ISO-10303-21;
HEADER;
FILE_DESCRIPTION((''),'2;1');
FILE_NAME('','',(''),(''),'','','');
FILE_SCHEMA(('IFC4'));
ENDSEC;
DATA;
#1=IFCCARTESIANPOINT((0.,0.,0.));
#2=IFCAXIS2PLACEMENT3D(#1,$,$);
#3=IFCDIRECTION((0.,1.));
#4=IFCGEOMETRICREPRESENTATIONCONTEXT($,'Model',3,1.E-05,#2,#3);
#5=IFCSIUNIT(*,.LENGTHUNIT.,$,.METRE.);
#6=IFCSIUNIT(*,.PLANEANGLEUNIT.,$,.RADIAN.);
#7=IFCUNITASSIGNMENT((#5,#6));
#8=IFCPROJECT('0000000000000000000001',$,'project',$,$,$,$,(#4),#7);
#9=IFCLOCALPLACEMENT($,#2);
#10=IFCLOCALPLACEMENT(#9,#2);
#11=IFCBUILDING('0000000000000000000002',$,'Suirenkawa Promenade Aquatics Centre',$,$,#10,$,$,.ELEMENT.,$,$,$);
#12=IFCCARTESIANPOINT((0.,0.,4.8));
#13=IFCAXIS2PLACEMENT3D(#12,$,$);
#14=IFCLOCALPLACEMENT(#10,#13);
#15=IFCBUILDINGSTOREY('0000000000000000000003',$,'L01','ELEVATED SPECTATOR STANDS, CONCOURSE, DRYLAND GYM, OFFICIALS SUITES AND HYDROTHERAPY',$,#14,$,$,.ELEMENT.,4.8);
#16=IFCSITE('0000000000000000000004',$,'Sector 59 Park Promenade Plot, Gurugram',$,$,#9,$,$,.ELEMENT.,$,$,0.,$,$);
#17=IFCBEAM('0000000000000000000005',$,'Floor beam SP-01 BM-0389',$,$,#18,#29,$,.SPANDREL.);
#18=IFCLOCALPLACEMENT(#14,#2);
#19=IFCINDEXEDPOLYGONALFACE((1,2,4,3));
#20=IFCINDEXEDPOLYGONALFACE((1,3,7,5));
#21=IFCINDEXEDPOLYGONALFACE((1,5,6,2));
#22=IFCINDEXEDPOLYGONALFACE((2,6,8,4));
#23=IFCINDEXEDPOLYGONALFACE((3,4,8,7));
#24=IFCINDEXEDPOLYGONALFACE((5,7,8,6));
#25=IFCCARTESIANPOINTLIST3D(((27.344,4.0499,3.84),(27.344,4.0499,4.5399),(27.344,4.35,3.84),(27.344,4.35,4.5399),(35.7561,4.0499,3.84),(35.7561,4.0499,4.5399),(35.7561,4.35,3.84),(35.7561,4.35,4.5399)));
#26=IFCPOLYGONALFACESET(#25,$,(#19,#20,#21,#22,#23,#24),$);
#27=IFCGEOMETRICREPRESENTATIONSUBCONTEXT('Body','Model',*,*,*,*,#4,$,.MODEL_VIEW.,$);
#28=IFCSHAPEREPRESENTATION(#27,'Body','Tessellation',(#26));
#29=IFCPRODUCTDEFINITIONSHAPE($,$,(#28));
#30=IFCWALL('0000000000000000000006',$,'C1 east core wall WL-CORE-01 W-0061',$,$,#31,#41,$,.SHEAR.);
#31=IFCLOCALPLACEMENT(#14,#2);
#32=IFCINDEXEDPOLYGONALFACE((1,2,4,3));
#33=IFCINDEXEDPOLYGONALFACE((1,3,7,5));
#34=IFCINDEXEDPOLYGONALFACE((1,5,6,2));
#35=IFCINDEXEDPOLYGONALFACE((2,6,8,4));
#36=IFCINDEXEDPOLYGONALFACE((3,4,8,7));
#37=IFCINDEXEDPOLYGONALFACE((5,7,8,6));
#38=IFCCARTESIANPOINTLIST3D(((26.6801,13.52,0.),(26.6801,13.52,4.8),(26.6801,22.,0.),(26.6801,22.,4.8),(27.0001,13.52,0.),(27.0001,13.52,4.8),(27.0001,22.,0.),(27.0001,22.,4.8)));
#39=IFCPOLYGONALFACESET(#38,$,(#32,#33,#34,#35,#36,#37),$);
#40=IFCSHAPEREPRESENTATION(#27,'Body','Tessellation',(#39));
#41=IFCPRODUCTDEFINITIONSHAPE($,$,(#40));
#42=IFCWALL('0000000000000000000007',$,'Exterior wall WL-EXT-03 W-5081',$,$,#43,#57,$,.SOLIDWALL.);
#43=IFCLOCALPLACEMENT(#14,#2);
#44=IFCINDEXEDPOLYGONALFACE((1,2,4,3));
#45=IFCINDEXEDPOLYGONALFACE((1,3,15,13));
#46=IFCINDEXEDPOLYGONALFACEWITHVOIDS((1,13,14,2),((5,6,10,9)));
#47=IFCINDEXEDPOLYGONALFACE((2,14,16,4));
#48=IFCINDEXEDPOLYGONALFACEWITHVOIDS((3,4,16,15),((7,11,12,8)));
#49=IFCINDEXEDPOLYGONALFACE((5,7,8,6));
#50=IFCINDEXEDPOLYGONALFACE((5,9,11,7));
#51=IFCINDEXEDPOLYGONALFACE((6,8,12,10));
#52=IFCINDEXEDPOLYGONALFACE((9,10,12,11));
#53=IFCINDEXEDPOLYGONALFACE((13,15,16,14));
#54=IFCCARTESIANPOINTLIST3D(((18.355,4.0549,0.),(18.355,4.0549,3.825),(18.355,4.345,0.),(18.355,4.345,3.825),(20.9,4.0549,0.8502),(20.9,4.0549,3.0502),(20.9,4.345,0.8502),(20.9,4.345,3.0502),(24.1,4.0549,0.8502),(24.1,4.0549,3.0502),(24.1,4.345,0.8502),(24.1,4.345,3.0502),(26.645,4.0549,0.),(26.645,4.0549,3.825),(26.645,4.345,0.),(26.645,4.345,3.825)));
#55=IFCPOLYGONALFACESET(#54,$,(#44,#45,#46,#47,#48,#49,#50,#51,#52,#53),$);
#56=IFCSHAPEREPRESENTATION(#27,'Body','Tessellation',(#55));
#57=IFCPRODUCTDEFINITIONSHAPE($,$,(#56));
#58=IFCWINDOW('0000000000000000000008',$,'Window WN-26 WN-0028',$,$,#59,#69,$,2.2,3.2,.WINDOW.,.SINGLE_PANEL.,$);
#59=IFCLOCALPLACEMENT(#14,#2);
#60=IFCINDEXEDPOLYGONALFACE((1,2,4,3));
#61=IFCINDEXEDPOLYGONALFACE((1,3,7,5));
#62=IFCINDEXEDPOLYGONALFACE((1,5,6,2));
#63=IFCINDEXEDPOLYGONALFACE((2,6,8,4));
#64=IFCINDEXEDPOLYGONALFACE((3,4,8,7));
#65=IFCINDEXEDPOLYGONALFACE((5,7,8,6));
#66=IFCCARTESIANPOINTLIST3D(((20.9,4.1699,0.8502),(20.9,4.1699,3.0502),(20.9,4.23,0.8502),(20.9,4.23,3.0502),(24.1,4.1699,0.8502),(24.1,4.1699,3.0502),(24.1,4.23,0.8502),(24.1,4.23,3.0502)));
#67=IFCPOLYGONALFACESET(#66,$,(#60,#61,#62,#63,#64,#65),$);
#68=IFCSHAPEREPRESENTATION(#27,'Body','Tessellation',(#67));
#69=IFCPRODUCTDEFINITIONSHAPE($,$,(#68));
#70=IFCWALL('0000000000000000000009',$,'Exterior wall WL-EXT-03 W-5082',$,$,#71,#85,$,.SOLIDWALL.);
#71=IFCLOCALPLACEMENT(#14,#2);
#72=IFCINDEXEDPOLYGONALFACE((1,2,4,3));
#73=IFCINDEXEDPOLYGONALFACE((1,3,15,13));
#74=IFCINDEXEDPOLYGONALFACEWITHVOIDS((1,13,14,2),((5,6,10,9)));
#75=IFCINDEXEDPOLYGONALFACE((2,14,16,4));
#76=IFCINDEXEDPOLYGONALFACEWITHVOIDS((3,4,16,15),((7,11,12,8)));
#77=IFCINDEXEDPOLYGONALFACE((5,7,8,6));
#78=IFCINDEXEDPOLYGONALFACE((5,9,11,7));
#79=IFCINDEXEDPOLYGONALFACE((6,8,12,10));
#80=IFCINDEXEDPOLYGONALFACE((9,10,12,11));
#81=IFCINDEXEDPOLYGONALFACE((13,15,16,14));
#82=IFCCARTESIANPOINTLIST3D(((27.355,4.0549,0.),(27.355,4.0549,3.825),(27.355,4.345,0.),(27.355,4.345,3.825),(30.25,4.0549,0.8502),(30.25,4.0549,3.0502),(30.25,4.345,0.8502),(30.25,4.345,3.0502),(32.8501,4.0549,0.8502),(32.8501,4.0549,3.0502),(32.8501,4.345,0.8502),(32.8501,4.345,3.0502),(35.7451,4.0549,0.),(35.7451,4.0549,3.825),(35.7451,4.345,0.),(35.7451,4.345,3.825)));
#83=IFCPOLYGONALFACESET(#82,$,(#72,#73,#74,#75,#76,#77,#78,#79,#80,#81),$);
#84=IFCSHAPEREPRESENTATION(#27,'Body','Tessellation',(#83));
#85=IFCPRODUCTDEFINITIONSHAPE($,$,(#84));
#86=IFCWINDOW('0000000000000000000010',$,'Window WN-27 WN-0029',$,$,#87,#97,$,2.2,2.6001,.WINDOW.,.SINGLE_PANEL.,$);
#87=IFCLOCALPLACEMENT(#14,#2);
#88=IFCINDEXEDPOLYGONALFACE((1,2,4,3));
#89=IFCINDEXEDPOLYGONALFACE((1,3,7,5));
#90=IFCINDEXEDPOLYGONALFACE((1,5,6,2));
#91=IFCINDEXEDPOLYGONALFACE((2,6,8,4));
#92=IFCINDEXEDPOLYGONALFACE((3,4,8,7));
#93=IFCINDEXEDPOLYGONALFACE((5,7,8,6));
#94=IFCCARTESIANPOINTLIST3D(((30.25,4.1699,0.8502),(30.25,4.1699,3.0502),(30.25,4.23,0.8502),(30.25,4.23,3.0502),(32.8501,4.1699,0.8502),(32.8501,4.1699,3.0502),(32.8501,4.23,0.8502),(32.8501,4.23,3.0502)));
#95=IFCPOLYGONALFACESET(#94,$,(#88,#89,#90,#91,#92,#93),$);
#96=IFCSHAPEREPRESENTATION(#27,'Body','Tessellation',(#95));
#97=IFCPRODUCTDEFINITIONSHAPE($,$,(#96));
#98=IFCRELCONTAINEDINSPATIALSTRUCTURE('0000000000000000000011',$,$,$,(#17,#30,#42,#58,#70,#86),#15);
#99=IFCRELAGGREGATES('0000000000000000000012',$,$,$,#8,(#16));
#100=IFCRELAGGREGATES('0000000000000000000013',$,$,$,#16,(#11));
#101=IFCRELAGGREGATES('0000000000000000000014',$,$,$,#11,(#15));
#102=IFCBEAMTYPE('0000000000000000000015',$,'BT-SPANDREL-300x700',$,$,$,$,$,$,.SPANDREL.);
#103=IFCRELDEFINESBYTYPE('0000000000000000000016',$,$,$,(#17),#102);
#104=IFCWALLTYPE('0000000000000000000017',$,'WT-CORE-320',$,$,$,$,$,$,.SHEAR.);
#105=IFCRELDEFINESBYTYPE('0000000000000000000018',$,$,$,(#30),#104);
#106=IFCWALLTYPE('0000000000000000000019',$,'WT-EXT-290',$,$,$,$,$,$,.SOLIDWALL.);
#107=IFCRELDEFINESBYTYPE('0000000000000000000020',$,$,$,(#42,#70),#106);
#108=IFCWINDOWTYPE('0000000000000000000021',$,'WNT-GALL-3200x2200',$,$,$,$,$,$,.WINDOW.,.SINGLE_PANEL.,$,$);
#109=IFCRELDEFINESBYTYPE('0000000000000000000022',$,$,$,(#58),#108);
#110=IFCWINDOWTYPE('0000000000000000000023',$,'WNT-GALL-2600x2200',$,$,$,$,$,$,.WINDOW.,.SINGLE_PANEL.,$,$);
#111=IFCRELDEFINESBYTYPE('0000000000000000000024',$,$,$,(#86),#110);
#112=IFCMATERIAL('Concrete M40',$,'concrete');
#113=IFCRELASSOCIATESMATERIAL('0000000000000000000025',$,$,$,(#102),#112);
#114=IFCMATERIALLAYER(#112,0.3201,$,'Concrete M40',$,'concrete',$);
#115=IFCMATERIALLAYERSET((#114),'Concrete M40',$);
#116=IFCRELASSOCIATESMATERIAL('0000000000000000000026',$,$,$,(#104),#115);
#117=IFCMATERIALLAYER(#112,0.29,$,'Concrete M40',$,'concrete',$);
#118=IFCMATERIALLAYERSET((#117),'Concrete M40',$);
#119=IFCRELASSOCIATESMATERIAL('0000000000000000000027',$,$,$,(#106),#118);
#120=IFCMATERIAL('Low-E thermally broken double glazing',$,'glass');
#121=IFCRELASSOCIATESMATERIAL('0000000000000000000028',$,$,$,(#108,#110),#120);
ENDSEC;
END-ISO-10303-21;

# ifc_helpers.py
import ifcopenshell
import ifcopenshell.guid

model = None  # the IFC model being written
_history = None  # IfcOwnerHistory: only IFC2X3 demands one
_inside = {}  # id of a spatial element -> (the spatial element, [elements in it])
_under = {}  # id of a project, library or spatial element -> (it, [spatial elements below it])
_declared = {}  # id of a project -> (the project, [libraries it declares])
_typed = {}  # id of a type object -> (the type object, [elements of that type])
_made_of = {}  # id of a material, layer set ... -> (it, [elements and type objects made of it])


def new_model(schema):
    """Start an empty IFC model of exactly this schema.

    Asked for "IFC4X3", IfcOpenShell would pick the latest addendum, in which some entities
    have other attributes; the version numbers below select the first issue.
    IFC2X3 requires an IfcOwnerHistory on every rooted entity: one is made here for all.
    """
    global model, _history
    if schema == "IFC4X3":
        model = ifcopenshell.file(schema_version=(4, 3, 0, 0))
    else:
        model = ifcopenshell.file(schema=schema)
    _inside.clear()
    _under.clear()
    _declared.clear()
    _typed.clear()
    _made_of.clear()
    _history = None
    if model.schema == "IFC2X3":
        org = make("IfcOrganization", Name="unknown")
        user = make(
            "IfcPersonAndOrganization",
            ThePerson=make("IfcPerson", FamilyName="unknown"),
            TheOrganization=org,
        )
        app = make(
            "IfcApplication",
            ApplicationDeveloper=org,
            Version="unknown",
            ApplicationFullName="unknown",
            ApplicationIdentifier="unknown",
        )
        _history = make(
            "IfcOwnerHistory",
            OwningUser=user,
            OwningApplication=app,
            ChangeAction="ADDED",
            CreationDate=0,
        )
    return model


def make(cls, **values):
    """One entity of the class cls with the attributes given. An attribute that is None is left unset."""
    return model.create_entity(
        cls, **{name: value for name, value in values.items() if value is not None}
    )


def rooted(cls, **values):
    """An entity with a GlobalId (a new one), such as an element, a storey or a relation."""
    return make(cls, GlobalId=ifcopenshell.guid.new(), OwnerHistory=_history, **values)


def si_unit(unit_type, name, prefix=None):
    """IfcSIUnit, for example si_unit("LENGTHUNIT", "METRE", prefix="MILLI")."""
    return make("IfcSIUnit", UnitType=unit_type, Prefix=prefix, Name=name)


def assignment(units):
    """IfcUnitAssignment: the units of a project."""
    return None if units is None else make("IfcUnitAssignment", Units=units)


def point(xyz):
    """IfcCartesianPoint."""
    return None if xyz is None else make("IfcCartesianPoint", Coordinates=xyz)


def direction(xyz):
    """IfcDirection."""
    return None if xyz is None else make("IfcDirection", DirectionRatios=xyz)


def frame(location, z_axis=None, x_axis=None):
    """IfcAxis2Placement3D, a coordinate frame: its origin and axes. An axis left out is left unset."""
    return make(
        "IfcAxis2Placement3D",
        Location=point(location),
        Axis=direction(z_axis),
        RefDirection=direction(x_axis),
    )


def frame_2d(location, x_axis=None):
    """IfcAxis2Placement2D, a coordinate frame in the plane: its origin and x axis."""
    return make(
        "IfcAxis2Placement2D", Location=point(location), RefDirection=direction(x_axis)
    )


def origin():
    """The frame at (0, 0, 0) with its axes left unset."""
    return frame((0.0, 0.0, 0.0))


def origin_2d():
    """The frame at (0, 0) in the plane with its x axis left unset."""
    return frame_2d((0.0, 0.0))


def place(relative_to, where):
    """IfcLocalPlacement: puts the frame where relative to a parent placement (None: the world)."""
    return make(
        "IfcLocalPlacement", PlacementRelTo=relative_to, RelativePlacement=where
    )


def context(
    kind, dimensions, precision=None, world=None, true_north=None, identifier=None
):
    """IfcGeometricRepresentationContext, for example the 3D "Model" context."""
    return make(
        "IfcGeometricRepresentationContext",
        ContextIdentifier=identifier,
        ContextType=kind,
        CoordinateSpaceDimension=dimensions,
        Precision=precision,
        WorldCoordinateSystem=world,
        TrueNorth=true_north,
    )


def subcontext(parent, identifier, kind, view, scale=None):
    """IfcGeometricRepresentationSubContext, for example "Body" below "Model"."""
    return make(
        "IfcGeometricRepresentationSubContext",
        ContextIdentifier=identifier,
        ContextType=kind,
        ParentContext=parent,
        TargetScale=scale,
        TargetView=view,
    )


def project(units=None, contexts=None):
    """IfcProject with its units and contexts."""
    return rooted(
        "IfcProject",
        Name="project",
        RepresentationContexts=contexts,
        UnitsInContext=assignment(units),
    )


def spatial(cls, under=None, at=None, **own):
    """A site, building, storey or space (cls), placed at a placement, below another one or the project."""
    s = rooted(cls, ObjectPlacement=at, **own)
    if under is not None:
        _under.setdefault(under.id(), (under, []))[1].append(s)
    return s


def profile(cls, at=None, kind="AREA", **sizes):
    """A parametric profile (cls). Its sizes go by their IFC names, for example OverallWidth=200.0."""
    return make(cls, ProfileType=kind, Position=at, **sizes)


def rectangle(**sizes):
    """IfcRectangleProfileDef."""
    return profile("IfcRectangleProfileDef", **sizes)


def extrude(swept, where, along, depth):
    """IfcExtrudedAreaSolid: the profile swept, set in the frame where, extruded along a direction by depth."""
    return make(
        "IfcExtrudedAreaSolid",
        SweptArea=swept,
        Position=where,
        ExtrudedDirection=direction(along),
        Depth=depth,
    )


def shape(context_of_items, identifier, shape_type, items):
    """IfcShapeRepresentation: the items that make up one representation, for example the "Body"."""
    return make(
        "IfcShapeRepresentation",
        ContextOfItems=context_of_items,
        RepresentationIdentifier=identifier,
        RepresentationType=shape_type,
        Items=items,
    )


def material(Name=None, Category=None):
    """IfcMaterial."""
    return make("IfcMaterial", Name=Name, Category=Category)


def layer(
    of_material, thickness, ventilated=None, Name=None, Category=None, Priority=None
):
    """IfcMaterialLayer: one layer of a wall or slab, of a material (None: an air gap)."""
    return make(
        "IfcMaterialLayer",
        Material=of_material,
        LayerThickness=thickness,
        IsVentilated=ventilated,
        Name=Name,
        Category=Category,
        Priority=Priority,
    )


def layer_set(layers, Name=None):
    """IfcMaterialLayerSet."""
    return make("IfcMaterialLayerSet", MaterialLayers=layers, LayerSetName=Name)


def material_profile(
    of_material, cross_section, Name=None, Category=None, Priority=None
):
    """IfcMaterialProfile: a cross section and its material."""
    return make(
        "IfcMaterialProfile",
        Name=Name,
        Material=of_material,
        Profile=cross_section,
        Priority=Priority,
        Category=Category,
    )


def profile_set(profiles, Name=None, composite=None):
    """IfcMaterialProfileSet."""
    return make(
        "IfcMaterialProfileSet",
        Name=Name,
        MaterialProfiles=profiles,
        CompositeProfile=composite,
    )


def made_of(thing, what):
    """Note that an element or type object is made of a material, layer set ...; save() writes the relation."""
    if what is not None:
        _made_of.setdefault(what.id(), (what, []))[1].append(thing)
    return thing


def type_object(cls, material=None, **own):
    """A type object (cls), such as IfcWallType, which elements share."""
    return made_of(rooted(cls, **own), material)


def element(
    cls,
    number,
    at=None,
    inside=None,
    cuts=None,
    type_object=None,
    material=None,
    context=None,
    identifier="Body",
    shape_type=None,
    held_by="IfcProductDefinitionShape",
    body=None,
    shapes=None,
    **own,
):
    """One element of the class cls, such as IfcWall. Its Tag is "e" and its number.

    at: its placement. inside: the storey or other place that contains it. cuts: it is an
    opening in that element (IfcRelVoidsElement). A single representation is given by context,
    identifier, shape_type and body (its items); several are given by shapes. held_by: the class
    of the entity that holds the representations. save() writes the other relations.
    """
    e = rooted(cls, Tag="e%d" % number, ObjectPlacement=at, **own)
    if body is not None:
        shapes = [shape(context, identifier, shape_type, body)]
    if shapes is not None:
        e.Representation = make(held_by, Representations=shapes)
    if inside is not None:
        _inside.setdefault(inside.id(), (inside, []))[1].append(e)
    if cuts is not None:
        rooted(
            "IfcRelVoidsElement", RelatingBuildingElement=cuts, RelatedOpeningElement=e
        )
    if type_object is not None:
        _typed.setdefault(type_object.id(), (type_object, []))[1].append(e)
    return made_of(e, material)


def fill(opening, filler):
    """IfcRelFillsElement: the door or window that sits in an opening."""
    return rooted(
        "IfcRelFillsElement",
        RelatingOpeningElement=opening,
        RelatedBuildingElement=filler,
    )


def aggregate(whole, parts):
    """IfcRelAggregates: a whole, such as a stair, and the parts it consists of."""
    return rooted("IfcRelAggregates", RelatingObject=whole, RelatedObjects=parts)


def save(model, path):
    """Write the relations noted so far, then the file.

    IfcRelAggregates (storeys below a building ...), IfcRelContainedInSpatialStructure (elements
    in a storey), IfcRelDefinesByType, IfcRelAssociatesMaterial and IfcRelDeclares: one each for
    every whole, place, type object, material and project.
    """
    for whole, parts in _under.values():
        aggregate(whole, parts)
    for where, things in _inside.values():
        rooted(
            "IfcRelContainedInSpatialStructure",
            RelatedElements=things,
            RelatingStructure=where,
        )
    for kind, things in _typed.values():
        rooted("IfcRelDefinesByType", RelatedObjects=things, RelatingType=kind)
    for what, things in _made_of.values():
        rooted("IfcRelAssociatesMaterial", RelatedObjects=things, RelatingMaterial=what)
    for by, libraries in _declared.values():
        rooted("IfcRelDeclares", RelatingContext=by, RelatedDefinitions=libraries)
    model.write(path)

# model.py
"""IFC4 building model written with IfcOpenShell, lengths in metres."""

from ifc_helpers import new_model, si_unit, direction, frame, frame_2d, origin, origin_2d, place, context, subcontext, project, spatial, rectangle, extrude, material, layer, layer_set, material_profile, profile_set, type_object, element, fill, save


model = new_model("IFC4")

# Units and contexts
model_context = context("Model", 3, precision=1e-05, world=origin(), true_north=direction((0.0, 1.0)))
body_context = subcontext(model_context, "Body", "Model", "MODEL_VIEW")
ifc_project = project(units=[si_unit("LENGTHUNIT", "METRE"), si_unit("PLANEANGLEUNIT", "RADIAN")], contexts=[model_context])

# Site, building, storey
site_placement = place(None, origin())
site = spatial("IfcSite", under=ifc_project, at=site_placement, Name="Sector 59 Park Promenade Plot, Gurugram", CompositionType="ELEMENT", RefElevation=0.0)
building_placement = place(site_placement, origin())
building = spatial("IfcBuilding", under=site, at=building_placement, Name="Suirenkawa Promenade Aquatics Centre", CompositionType="ELEMENT")
storey_placement = place(building_placement, frame((0.0, 0.0, 4.8)))
storey = spatial("IfcBuildingStorey", under=building, at=storey_placement, Name="L01", Description="ELEVATED SPECTATOR STANDS, CONCOURSE, DRYLAND GYM, OFFICIALS SUITES AND HYDROTHERAPY", CompositionType="ELEMENT", Elevation=4.8)

# Shared definitions
ifc_material_1 = material(Name="Concrete M40", Category="concrete")

# Beam
ifc_material_profile_1 = material_profile(ifc_material_1, rectangle(XDim=0.3, YDim=0.7, at=origin_2d()), Name="RC SPANDREL 300x700", Category="concrete")
ifc_profile_set_1 = profile_set([ifc_material_profile_1], Name="Concrete M40")
beam_type_1 = type_object("IfcBeamType", Name="BT-SPANDREL-300x700", PredefinedType="SPANDREL", material=ifc_profile_set_1)
beam_1_placement = place(storey_placement, frame((27.344, 4.2, 4.1899), z_axis=(1.0, 0.0, 0.0), x_axis=(0.0, 1.0, 0.0)))
element("IfcBeam", 1, at=beam_1_placement, inside=storey, type_object=beam_type_1, Name="Floor beam SP-01 BM-0389", PredefinedType="SPANDREL", context=body_context, shape_type="SweptSolid", body=[
    extrude(rectangle(XDim=0.3, YDim=0.7, at=origin_2d()), origin(), (0.0, 0.0, 1.0), 8.4121),
])

# Wall
ifc_layer_1 = layer(ifc_material_1, 0.3201, Name="Concrete M40", Category="concrete")
ifc_layer_set_1 = layer_set([ifc_layer_1], Name="Concrete M40")
wall_type_1 = type_object("IfcWallType", Name="WT-CORE-320", PredefinedType="SHEAR", material=ifc_layer_set_1)
wall_1_placement = place(storey_placement, frame((26.8401, 13.52, 0.0), z_axis=(0.0, 0.0, 1.0), x_axis=(0.0, 1.0, 0.0)))
element("IfcWall", 2, at=wall_1_placement, inside=storey, type_object=wall_type_1, Name="C1 east core wall WL-CORE-01 W-0061", PredefinedType="SHEAR", context=body_context, shape_type="SweptSolid", body=[
    extrude(rectangle(XDim=8.48, YDim=0.3201, at=frame_2d((4.24, 0.0))), origin(), (0.0, 0.0, 1.0), 4.8),
])

# Walls, openings, windows
ifc_layer_2 = layer(ifc_material_1, 0.29, Name="Concrete M40", Category="concrete")
ifc_layer_set_2 = layer_set([ifc_layer_2], Name="Concrete M40")
wall_type_2 = type_object("IfcWallType", Name="WT-EXT-290", PredefinedType="SOLIDWALL", material=ifc_layer_set_2)
wall_2_placement = place(storey_placement, frame((26.645, 4.2, 0.0), z_axis=(0.0, 0.0, 1.0), x_axis=(-1.0, 0.0, 0.0)))
wall_2 = element("IfcWall", 3, at=wall_2_placement, inside=storey, type_object=wall_type_2, Name="Exterior wall WL-EXT-03 W-5081", PredefinedType="SOLIDWALL", context=body_context, shape_type="SweptSolid", body=[
    extrude(rectangle(XDim=8.29, YDim=0.29, at=frame_2d((4.145, 0.0))), origin(), (0.0, 0.0, 1.0), 3.825),
])
opening_1_placement = place(wall_2_placement, frame((2.5449, 0.0, 0.8501)))
opening_1 = element("IfcOpeningElement", 4, at=opening_1_placement, cuts=wall_2, PredefinedType="OPENING", context=body_context, shape_type="SweptSolid", body=[
    extrude(rectangle(XDim=3.2, YDim=2.2, at=frame_2d((1.6001, 1.1001))), frame((0.0, 0.155, 0.0), z_axis=(0.0, -1.0, 0.0), x_axis=(1.0, 0.0, 0.0)), (0.0, 0.0, 1.0), 0.3101),
])
ifc_material_2 = material(Name="Low-E thermally broken double glazing", Category="glass")
window_type_1 = type_object("IfcWindowType", Name="WNT-GALL-3200x2200", PartitioningType="SINGLE_PANEL", PredefinedType="WINDOW", material=ifc_material_2)
window_1_placement = place(opening_1_placement, origin())
window_1 = element("IfcWindow", 5, at=window_1_placement, inside=storey, type_object=window_type_1, Name="Window WN-26 WN-0028", OverallHeight=2.2, OverallWidth=3.2, PartitioningType="SINGLE_PANEL", PredefinedType="WINDOW", context=body_context, shape_type="SweptSolid", body=[
    extrude(rectangle(XDim=3.2, YDim=2.2, at=frame_2d((1.6001, 1.1001))), frame((0.0, 0.03, 0.0), z_axis=(0.0, -1.0, 0.0), x_axis=(1.0, 0.0, 0.0)), (0.0, 0.0, 1.0), 0.0601),
])
fill(opening_1, window_1)
wall_3_placement = place(storey_placement, frame((35.7451, 4.2, 0.0), z_axis=(0.0, 0.0, 1.0), x_axis=(-1.0, 0.0, 0.0)))
wall_3 = element("IfcWall", 6, at=wall_3_placement, inside=storey, type_object=wall_type_2, Name="Exterior wall WL-EXT-03 W-5082", PredefinedType="SOLIDWALL", context=body_context, shape_type="SweptSolid", body=[
    extrude(rectangle(XDim=8.3901, YDim=0.29, at=frame_2d((4.1951, 0.0))), origin(), (0.0, 0.0, 1.0), 3.825),
])
opening_2_placement = place(wall_3_placement, frame((2.895, 0.0, 0.8501)))
opening_2 = element("IfcOpeningElement", 7, at=opening_2_placement, cuts=wall_3, PredefinedType="OPENING", context=body_context, shape_type="SweptSolid", body=[
    extrude(rectangle(XDim=2.6001, YDim=2.2, at=frame_2d((1.3, 1.1001))), frame((0.0, 0.155, 0.0), z_axis=(0.0, -1.0, 0.0), x_axis=(1.0, 0.0, 0.0)), (0.0, 0.0, 1.0), 0.3101),
])
window_type_2 = type_object("IfcWindowType", Name="WNT-GALL-2600x2200", PartitioningType="SINGLE_PANEL", PredefinedType="WINDOW", material=ifc_material_2)
window_2_placement = place(opening_2_placement, origin())
window_2 = element("IfcWindow", 8, at=window_2_placement, inside=storey, type_object=window_type_2, Name="Window WN-27 WN-0029", OverallHeight=2.2, OverallWidth=2.6001, PartitioningType="SINGLE_PANEL", PredefinedType="WINDOW", context=body_context, shape_type="SweptSolid", body=[
    extrude(rectangle(XDim=2.6001, YDim=2.2, at=frame_2d((1.3, 1.1001))), frame((0.0, 0.03, 0.0), z_axis=(0.0, -1.0, 0.0), x_axis=(1.0, 0.0, 0.0)), (0.0, 0.0, 1.0), 0.0601),
])
fill(opening_2, window_2)

save(model, "model.ifc")
